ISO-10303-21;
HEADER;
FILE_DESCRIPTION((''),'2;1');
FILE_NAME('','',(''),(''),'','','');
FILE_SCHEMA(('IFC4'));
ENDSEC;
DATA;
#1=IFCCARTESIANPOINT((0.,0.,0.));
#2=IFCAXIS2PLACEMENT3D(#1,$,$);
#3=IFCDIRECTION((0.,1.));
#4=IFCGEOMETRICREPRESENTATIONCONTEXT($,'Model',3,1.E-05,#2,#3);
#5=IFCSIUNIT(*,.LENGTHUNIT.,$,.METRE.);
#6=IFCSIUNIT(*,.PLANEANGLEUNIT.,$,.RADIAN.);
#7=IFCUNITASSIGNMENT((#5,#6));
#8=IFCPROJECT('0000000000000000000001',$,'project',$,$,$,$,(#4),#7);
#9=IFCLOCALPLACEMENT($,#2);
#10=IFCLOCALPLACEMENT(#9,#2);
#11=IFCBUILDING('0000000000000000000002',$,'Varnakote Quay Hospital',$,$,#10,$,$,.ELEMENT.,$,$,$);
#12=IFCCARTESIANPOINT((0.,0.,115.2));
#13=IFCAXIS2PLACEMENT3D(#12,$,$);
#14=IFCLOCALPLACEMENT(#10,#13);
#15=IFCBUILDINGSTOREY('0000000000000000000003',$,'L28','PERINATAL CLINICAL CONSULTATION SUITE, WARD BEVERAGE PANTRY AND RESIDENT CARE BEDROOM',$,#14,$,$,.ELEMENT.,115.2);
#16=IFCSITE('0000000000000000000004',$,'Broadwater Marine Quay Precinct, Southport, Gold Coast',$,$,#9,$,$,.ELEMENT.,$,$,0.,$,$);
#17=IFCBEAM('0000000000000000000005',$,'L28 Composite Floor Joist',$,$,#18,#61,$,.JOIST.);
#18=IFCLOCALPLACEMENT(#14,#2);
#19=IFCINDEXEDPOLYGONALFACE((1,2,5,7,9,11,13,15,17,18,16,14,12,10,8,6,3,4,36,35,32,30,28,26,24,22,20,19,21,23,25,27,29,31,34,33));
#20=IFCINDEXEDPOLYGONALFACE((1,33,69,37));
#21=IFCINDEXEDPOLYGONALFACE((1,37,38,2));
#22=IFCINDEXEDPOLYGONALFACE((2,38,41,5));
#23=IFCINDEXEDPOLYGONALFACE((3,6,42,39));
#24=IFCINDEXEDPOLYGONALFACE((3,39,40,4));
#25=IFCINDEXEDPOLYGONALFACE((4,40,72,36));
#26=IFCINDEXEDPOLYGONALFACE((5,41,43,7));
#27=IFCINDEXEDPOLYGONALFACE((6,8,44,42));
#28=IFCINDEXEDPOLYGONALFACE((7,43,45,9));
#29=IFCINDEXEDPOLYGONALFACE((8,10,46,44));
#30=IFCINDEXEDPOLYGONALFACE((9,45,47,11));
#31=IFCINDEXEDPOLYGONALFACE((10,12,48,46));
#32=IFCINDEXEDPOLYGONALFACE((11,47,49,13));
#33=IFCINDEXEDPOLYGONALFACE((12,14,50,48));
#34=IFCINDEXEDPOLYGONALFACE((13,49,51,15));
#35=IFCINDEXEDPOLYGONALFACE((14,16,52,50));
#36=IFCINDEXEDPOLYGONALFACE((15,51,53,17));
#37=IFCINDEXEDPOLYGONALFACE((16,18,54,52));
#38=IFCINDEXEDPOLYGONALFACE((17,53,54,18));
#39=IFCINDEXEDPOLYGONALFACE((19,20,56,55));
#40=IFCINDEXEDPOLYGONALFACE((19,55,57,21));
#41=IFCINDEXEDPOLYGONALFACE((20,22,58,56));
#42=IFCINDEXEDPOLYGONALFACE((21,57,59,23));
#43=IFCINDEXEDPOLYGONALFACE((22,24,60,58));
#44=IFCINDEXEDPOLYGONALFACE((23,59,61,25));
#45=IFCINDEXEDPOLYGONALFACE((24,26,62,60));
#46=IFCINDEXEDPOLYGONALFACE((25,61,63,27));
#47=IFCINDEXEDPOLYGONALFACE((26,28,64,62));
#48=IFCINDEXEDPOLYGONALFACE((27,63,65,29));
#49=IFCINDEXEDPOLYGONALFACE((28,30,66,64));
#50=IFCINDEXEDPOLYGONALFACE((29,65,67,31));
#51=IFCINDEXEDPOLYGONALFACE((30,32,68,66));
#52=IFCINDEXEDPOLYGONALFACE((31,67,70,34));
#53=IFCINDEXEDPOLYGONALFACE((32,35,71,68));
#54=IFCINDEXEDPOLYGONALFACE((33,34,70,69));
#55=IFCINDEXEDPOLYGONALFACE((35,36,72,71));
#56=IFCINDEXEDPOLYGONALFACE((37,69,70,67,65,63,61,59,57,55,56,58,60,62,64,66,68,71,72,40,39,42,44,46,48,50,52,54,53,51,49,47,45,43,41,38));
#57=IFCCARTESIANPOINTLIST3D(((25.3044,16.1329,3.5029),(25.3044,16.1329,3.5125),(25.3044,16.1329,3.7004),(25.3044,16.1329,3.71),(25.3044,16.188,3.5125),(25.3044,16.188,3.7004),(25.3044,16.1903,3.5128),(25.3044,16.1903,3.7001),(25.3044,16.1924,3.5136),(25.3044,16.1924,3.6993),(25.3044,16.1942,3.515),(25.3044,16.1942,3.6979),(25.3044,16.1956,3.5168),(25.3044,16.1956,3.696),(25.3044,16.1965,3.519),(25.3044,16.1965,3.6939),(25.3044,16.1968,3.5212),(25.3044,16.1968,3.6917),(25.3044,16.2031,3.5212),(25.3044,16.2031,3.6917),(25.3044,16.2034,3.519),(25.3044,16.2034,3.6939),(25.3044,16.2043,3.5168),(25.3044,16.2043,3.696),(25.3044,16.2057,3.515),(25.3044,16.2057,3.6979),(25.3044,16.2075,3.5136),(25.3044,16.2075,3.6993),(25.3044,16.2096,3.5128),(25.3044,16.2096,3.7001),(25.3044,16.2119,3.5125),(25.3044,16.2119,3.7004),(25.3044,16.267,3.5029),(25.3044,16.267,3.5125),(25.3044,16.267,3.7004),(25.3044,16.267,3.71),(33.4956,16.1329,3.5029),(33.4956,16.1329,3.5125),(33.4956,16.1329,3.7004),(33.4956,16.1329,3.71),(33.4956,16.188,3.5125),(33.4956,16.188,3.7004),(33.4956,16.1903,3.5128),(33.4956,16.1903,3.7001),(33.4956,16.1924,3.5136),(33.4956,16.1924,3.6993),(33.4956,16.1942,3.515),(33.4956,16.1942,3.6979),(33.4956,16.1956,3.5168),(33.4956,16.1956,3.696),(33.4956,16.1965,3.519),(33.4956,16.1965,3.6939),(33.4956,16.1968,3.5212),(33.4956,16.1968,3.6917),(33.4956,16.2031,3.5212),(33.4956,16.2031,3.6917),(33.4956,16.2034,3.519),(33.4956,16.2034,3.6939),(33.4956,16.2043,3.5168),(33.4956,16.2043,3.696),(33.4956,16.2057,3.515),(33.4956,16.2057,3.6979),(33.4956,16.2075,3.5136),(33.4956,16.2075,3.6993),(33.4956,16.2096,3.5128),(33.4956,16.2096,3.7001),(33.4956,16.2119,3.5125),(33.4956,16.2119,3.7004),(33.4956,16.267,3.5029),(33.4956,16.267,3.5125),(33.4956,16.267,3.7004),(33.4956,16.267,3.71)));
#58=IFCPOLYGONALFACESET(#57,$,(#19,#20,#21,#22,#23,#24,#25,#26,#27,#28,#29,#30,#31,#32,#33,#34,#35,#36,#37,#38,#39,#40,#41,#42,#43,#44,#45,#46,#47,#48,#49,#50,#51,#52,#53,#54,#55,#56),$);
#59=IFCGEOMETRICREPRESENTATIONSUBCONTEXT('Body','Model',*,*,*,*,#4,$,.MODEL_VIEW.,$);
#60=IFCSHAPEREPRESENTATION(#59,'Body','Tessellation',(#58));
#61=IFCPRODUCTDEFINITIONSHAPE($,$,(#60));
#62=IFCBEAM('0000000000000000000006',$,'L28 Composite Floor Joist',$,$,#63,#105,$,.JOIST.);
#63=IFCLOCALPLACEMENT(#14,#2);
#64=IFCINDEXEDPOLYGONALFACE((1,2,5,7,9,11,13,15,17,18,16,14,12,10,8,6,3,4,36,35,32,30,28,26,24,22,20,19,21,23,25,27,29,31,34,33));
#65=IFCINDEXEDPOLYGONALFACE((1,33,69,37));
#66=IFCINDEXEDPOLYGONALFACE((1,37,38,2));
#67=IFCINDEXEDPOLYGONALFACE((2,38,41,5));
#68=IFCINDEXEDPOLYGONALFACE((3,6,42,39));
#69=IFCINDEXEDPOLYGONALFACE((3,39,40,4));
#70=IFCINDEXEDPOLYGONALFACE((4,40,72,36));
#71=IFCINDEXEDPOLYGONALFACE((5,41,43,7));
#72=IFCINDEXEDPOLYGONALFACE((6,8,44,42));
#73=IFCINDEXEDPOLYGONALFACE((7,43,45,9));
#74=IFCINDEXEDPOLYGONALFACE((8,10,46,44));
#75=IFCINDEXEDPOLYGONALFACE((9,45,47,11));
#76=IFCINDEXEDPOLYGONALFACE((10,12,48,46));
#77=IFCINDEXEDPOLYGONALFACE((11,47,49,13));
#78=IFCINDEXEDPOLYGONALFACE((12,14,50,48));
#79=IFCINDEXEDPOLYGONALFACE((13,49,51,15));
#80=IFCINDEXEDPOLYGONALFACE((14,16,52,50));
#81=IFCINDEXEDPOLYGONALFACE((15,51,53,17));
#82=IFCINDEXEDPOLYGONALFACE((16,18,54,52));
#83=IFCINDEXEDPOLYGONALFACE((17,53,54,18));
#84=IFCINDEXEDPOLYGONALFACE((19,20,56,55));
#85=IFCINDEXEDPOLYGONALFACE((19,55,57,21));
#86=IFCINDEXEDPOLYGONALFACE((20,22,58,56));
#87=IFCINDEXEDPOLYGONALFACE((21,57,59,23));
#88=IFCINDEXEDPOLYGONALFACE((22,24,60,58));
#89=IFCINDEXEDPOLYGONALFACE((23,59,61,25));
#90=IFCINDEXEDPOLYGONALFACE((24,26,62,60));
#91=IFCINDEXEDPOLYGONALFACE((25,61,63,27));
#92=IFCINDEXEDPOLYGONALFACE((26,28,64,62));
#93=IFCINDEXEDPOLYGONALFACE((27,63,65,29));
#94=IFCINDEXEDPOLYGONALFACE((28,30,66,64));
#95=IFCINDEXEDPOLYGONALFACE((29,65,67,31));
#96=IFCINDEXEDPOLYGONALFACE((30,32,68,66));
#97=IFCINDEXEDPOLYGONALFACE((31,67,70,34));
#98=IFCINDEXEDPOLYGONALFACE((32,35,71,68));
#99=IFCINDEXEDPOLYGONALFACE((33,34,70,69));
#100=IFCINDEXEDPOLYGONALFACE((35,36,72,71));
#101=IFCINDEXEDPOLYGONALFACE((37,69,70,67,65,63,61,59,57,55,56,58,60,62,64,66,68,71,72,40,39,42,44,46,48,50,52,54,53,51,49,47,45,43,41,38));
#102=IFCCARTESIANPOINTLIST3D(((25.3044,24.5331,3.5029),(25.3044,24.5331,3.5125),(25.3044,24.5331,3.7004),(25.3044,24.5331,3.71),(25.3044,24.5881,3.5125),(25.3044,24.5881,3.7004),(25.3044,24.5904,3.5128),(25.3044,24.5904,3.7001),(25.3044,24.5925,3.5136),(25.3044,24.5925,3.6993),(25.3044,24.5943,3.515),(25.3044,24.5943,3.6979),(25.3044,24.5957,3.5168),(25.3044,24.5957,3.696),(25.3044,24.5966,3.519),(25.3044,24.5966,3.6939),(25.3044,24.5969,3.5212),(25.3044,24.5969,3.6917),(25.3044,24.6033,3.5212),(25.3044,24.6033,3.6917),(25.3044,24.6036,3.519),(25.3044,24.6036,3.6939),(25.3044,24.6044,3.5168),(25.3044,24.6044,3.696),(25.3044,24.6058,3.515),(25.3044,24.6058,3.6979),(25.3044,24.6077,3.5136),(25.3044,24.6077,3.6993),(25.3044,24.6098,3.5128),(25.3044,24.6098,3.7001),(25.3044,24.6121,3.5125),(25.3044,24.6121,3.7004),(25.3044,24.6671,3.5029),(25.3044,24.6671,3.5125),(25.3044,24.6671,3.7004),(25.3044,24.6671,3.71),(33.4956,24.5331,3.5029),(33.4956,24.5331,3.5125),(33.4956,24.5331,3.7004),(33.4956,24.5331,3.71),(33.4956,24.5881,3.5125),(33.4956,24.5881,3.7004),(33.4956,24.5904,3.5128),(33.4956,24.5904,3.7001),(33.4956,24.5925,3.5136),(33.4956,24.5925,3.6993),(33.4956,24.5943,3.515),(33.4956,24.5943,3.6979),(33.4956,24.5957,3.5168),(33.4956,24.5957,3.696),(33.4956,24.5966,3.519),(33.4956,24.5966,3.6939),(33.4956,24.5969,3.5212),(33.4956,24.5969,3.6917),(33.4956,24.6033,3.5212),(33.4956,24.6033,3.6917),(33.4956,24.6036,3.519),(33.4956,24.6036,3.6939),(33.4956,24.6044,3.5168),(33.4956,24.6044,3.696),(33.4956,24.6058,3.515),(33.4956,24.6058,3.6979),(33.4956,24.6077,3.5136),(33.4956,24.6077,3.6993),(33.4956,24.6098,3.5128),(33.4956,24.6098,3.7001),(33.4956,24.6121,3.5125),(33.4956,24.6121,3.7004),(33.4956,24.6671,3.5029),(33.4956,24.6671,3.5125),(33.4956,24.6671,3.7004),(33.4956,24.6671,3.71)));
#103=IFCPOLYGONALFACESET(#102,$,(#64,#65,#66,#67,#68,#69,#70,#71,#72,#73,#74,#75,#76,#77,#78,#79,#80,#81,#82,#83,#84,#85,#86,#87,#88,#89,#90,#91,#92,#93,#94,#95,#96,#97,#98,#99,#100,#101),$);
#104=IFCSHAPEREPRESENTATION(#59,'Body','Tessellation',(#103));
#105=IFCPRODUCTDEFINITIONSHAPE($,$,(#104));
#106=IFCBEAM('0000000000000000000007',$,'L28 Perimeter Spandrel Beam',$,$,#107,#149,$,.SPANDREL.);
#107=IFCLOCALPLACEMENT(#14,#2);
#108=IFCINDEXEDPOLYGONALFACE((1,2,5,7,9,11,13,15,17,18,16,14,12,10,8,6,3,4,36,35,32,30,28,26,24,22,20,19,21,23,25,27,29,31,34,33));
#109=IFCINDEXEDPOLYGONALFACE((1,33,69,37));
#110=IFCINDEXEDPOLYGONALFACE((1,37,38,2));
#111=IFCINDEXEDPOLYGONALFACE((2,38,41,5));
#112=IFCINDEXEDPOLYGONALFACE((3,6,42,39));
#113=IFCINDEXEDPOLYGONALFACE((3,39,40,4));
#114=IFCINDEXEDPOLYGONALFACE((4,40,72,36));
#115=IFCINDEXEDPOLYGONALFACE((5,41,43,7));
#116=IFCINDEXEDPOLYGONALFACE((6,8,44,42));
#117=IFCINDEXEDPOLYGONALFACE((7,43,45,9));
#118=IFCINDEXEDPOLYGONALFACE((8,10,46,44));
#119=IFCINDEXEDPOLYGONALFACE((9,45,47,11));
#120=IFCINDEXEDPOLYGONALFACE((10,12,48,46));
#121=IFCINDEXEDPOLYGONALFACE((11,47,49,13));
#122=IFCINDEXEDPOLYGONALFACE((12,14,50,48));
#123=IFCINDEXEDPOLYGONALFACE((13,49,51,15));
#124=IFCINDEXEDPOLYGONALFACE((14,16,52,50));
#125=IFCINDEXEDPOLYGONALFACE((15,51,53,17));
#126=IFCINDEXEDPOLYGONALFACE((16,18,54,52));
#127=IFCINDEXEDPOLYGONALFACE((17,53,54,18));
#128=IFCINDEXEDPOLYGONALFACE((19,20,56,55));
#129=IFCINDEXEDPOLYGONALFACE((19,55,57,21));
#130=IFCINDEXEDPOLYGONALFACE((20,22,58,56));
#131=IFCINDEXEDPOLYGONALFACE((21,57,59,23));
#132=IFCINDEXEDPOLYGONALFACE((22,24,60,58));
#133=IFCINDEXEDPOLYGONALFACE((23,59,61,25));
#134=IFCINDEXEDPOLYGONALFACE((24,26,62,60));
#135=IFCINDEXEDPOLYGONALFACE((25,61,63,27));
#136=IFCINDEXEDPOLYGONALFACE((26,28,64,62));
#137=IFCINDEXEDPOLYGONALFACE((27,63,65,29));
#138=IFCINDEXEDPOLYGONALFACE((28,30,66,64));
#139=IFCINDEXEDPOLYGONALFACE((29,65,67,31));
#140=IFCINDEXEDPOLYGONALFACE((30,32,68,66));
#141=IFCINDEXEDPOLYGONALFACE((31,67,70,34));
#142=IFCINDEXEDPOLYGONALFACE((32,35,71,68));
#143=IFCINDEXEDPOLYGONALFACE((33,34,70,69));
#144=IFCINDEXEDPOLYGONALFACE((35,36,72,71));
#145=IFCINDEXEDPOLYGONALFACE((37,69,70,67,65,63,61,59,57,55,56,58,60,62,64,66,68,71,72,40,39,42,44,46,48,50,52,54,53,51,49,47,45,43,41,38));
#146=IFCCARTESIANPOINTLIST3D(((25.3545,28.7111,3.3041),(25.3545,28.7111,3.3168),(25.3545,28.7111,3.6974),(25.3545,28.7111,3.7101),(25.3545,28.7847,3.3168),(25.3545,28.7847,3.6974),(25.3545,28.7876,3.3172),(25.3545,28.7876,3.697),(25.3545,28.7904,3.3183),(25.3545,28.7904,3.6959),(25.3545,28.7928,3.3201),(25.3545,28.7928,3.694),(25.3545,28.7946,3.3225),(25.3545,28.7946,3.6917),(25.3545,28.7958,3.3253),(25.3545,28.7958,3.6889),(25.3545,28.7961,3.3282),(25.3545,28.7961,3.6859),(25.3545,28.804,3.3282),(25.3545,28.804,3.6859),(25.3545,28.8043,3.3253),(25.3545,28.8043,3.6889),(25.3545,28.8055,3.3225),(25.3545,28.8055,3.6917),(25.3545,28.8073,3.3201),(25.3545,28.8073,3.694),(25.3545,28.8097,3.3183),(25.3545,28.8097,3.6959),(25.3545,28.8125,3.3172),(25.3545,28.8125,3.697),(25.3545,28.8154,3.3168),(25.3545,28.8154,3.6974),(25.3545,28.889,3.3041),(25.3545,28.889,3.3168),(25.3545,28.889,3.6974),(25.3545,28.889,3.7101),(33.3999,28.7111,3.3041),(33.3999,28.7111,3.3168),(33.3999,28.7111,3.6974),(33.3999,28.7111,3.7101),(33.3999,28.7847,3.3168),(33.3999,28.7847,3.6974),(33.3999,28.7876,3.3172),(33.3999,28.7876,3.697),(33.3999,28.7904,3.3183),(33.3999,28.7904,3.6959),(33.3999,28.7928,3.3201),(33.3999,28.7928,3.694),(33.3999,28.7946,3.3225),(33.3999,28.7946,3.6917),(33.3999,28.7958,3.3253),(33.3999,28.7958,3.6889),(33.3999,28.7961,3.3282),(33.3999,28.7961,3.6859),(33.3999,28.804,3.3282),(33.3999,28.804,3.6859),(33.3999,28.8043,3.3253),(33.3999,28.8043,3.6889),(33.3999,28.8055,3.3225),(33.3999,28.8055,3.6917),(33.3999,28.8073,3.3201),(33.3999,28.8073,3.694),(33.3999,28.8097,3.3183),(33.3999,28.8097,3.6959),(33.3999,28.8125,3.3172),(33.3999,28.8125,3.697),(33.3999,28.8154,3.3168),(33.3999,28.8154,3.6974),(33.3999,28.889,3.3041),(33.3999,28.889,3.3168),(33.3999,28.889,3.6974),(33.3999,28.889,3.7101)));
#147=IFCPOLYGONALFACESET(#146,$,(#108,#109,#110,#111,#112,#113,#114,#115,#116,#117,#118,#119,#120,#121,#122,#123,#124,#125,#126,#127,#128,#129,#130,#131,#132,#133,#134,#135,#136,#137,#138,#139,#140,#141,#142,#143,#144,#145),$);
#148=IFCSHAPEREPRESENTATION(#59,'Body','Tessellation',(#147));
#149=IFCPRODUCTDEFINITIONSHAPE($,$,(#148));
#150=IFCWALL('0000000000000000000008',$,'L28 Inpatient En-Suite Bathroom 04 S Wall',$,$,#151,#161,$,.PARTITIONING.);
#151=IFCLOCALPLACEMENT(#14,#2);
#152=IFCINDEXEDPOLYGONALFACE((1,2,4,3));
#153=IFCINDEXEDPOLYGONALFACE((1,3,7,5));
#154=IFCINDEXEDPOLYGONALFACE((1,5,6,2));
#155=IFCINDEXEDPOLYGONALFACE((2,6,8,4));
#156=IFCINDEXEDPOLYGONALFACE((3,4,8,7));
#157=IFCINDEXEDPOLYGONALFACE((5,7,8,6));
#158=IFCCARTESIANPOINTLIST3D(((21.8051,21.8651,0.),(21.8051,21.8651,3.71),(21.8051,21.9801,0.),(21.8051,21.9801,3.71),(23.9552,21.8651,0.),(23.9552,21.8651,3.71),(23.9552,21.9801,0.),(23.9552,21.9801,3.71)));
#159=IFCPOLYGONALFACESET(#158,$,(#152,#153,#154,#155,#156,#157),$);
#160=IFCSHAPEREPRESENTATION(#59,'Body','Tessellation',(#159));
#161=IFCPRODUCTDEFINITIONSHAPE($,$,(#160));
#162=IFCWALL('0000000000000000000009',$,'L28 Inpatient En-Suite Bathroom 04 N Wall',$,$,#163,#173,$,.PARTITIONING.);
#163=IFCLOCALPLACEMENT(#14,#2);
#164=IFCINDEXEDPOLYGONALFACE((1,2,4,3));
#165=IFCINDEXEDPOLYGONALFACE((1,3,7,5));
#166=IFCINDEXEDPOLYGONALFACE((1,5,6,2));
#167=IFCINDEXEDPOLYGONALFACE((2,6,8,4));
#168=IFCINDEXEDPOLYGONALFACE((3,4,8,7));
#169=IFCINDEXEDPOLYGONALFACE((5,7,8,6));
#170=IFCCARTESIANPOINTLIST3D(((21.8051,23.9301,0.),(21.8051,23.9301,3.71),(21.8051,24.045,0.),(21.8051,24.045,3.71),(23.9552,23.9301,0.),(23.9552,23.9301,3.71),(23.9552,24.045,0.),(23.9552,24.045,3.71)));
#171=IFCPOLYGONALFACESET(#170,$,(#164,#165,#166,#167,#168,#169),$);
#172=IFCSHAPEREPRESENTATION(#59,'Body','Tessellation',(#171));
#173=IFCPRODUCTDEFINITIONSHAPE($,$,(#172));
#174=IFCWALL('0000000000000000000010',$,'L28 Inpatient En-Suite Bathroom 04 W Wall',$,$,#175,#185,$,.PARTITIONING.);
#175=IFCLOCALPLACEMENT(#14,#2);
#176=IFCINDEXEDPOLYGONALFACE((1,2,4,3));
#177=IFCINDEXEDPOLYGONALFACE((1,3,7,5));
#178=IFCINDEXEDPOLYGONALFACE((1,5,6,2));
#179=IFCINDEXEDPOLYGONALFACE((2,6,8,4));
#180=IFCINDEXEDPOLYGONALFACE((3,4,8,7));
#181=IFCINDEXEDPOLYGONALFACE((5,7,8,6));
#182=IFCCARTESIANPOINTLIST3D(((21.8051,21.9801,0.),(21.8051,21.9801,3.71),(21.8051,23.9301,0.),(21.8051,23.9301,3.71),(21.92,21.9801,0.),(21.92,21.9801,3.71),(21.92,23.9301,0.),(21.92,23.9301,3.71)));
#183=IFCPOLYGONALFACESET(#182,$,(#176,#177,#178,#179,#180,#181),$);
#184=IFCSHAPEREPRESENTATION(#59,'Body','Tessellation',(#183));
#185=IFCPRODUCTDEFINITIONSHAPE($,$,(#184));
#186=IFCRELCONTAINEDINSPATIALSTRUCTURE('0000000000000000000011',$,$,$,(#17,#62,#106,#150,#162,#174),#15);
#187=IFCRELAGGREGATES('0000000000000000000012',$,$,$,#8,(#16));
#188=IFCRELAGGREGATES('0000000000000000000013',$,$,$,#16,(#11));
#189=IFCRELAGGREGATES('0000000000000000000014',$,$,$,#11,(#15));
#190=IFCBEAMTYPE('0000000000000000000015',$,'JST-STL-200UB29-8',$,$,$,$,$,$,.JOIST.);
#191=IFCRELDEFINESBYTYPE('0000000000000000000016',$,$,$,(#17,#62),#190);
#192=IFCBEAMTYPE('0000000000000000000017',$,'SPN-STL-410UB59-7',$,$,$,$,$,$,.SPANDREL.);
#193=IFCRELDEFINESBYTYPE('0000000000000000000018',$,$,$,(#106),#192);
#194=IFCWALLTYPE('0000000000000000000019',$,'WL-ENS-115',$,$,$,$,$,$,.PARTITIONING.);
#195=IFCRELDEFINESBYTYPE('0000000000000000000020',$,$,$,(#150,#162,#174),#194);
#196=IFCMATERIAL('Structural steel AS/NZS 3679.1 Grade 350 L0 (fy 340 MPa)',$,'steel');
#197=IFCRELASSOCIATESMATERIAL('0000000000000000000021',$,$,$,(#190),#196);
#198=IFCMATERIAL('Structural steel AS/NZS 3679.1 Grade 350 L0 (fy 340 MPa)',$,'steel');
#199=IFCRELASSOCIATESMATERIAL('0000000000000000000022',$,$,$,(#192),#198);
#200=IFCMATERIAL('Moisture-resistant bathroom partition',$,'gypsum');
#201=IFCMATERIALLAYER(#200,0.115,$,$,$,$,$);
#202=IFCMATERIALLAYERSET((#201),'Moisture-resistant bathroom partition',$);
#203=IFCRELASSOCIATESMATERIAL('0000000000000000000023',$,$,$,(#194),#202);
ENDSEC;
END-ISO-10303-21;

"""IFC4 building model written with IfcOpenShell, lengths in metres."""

from ifc_helpers import new_model, si_unit, direction, frame, frame_2d, origin, origin_2d, place, context, subcontext, project, spatial, rectangle, i_section, extrude, material, layer, layer_set, material_profile, profile_set, type_object, element, save


model = new_model("IFC4")

# Units and contexts
model_context = context("Model", 3, precision=1e-05, world=origin(), true_north=direction((0.0, 1.0)))
body_context = subcontext(model_context, "Body", "Model", "MODEL_VIEW")
ifc_project = project(units=[si_unit("LENGTHUNIT", "METRE"), si_unit("PLANEANGLEUNIT", "RADIAN")], contexts=[model_context])

# Site, building, storey
site_placement = place(None, origin())
site = spatial("IfcSite", under=ifc_project, at=site_placement, Name="Broadwater Marine Quay Precinct, Southport, Gold Coast", CompositionType="ELEMENT", RefElevation=0.0)
building_placement = place(site_placement, origin())
building = spatial("IfcBuilding", under=site, at=building_placement, Name="Varnakote Quay Hospital", CompositionType="ELEMENT")
storey_placement = place(building_placement, frame((0.0, 0.0, 115.2)))
storey = spatial("IfcBuildingStorey", under=building, at=storey_placement, Name="L28", Description="PERINATAL CLINICAL CONSULTATION SUITE, WARD BEVERAGE PANTRY AND RESIDENT CARE BEDROOM", CompositionType="ELEMENT", Elevation=115.2)

# Beams
ifc_material_1 = material(Name="Structural steel AS/NZS 3679.1 Grade 350 L0 (fy 340 MPa)", Category="steel")
ifc_material_profile_1 = material_profile(ifc_material_1, i_section(OverallWidth=0.134, OverallDepth=0.207, WebThickness=0.0063, FlangeThickness=0.0095, FilletRadius=0.0088, at=origin_2d()), Name="200UB29.8")
ifc_profile_set_1 = profile_set([ifc_material_profile_1], Name="Structural steel AS/NZS 3679.1 Grade 350 L0 (fy 340 MPa)")
beam_type_1 = type_object("IfcBeamType", Name="JST-STL-200UB29-8", PredefinedType="JOIST", material=ifc_profile_set_1)
for number, where, z_axis, x_axis, name in (
    (1, (25.3044, 16.2, 3.6064), (1.0, 0.0, 0.0), (0.0, 1.0, 0.0), "L28 Composite Floor Joist"),
    (2, (25.3044, 24.6001, 3.6064), (1.0, 0.0, 0.0), (0.0, 1.0, 0.0), "L28 Composite Floor Joist"),
):
    element("IfcBeam", number, at=place(storey_placement, frame(where, z_axis=z_axis, x_axis=x_axis)), inside=storey, type_object=beam_type_1, Name=name, PredefinedType="JOIST", context=body_context, shape_type="SweptSolid", body=[
        extrude(i_section(OverallWidth=0.134, OverallDepth=0.207, WebThickness=0.0063, FlangeThickness=0.0095, FilletRadius=0.0088, at=origin_2d()), origin(), (0.0, 0.0, 1.0), 8.1912),
    ])
ifc_material_2 = material(Name="Structural steel AS/NZS 3679.1 Grade 350 L0 (fy 340 MPa)", Category="steel")
ifc_material_profile_2 = material_profile(ifc_material_2, i_section(OverallWidth=0.178, OverallDepth=0.406, WebThickness=0.0078, FlangeThickness=0.0127, FilletRadius=0.0115, at=origin_2d()), Name="410UB59.7")
ifc_profile_set_2 = profile_set([ifc_material_profile_2], Name="Structural steel AS/NZS 3679.1 Grade 350 L0 (fy 340 MPa)")
beam_type_2 = type_object("IfcBeamType", Name="SPN-STL-410UB59-7", PredefinedType="SPANDREL", material=ifc_profile_set_2)
beam_1_placement = place(storey_placement, frame((25.3545, 28.8, 3.5071), z_axis=(1.0, 0.0, 0.0), x_axis=(0.0, 1.0, 0.0)))
element("IfcBeam", 3, at=beam_1_placement, inside=storey, type_object=beam_type_2, Name="L28 Perimeter Spandrel Beam", PredefinedType="SPANDREL", context=body_context, shape_type="SweptSolid", body=[
    extrude(i_section(OverallWidth=0.178, OverallDepth=0.406, WebThickness=0.0078, FlangeThickness=0.0127, FilletRadius=0.0115, at=origin_2d()), origin(), (0.0, 0.0, 1.0), 8.0454),
])

# Walls
ifc_material_3 = material(Name="Moisture-resistant bathroom partition", Category="gypsum")
ifc_layer_1 = layer(ifc_material_3, 0.115)
ifc_layer_set_1 = layer_set([ifc_layer_1], Name="Moisture-resistant bathroom partition")
wall_type_1 = type_object("IfcWallType", Name="WL-ENS-115", PredefinedType="PARTITIONING", material=ifc_layer_set_1)
for number, where, z_axis, x_axis, name in (
    (4, (21.8049, 21.9226, 0.0), (0.0, 0.0, 1.0), (1.0, 0.0, 0.0), "L28 Inpatient En-Suite Bathroom 04 S Wall"),
    (5, (21.8049, 23.9875, 0.0), (0.0, 0.0, 1.0), (1.0, 0.0, 0.0), "L28 Inpatient En-Suite Bathroom 04 N Wall"),
):
    element("IfcWall", number, at=place(storey_placement, frame(where, z_axis=z_axis, x_axis=x_axis)), inside=storey, type_object=wall_type_1, Name=name, PredefinedType="PARTITIONING", context=body_context, shape_type="SweptSolid", body=[
        extrude(rectangle(XDim=2.1501, YDim=0.115, at=frame_2d((1.0752, 0.0))), origin(), (0.0, 0.0, 1.0), 3.71),
    ])
wall_1_placement = place(storey_placement, frame((21.8625, 21.98, 0.0), z_axis=(0.0, 0.0, 1.0), x_axis=(0.0, 1.0, 0.0)))
element("IfcWall", 6, at=wall_1_placement, inside=storey, type_object=wall_type_1, Name="L28 Inpatient En-Suite Bathroom 04 W Wall", PredefinedType="PARTITIONING", context=body_context, shape_type="SweptSolid", body=[
    extrude(rectangle(XDim=1.95, YDim=0.115, at=frame_2d((0.9751, 0.0))), origin(), (0.0, 0.0, 1.0), 3.71),
])

save(model, "model.ifc")
